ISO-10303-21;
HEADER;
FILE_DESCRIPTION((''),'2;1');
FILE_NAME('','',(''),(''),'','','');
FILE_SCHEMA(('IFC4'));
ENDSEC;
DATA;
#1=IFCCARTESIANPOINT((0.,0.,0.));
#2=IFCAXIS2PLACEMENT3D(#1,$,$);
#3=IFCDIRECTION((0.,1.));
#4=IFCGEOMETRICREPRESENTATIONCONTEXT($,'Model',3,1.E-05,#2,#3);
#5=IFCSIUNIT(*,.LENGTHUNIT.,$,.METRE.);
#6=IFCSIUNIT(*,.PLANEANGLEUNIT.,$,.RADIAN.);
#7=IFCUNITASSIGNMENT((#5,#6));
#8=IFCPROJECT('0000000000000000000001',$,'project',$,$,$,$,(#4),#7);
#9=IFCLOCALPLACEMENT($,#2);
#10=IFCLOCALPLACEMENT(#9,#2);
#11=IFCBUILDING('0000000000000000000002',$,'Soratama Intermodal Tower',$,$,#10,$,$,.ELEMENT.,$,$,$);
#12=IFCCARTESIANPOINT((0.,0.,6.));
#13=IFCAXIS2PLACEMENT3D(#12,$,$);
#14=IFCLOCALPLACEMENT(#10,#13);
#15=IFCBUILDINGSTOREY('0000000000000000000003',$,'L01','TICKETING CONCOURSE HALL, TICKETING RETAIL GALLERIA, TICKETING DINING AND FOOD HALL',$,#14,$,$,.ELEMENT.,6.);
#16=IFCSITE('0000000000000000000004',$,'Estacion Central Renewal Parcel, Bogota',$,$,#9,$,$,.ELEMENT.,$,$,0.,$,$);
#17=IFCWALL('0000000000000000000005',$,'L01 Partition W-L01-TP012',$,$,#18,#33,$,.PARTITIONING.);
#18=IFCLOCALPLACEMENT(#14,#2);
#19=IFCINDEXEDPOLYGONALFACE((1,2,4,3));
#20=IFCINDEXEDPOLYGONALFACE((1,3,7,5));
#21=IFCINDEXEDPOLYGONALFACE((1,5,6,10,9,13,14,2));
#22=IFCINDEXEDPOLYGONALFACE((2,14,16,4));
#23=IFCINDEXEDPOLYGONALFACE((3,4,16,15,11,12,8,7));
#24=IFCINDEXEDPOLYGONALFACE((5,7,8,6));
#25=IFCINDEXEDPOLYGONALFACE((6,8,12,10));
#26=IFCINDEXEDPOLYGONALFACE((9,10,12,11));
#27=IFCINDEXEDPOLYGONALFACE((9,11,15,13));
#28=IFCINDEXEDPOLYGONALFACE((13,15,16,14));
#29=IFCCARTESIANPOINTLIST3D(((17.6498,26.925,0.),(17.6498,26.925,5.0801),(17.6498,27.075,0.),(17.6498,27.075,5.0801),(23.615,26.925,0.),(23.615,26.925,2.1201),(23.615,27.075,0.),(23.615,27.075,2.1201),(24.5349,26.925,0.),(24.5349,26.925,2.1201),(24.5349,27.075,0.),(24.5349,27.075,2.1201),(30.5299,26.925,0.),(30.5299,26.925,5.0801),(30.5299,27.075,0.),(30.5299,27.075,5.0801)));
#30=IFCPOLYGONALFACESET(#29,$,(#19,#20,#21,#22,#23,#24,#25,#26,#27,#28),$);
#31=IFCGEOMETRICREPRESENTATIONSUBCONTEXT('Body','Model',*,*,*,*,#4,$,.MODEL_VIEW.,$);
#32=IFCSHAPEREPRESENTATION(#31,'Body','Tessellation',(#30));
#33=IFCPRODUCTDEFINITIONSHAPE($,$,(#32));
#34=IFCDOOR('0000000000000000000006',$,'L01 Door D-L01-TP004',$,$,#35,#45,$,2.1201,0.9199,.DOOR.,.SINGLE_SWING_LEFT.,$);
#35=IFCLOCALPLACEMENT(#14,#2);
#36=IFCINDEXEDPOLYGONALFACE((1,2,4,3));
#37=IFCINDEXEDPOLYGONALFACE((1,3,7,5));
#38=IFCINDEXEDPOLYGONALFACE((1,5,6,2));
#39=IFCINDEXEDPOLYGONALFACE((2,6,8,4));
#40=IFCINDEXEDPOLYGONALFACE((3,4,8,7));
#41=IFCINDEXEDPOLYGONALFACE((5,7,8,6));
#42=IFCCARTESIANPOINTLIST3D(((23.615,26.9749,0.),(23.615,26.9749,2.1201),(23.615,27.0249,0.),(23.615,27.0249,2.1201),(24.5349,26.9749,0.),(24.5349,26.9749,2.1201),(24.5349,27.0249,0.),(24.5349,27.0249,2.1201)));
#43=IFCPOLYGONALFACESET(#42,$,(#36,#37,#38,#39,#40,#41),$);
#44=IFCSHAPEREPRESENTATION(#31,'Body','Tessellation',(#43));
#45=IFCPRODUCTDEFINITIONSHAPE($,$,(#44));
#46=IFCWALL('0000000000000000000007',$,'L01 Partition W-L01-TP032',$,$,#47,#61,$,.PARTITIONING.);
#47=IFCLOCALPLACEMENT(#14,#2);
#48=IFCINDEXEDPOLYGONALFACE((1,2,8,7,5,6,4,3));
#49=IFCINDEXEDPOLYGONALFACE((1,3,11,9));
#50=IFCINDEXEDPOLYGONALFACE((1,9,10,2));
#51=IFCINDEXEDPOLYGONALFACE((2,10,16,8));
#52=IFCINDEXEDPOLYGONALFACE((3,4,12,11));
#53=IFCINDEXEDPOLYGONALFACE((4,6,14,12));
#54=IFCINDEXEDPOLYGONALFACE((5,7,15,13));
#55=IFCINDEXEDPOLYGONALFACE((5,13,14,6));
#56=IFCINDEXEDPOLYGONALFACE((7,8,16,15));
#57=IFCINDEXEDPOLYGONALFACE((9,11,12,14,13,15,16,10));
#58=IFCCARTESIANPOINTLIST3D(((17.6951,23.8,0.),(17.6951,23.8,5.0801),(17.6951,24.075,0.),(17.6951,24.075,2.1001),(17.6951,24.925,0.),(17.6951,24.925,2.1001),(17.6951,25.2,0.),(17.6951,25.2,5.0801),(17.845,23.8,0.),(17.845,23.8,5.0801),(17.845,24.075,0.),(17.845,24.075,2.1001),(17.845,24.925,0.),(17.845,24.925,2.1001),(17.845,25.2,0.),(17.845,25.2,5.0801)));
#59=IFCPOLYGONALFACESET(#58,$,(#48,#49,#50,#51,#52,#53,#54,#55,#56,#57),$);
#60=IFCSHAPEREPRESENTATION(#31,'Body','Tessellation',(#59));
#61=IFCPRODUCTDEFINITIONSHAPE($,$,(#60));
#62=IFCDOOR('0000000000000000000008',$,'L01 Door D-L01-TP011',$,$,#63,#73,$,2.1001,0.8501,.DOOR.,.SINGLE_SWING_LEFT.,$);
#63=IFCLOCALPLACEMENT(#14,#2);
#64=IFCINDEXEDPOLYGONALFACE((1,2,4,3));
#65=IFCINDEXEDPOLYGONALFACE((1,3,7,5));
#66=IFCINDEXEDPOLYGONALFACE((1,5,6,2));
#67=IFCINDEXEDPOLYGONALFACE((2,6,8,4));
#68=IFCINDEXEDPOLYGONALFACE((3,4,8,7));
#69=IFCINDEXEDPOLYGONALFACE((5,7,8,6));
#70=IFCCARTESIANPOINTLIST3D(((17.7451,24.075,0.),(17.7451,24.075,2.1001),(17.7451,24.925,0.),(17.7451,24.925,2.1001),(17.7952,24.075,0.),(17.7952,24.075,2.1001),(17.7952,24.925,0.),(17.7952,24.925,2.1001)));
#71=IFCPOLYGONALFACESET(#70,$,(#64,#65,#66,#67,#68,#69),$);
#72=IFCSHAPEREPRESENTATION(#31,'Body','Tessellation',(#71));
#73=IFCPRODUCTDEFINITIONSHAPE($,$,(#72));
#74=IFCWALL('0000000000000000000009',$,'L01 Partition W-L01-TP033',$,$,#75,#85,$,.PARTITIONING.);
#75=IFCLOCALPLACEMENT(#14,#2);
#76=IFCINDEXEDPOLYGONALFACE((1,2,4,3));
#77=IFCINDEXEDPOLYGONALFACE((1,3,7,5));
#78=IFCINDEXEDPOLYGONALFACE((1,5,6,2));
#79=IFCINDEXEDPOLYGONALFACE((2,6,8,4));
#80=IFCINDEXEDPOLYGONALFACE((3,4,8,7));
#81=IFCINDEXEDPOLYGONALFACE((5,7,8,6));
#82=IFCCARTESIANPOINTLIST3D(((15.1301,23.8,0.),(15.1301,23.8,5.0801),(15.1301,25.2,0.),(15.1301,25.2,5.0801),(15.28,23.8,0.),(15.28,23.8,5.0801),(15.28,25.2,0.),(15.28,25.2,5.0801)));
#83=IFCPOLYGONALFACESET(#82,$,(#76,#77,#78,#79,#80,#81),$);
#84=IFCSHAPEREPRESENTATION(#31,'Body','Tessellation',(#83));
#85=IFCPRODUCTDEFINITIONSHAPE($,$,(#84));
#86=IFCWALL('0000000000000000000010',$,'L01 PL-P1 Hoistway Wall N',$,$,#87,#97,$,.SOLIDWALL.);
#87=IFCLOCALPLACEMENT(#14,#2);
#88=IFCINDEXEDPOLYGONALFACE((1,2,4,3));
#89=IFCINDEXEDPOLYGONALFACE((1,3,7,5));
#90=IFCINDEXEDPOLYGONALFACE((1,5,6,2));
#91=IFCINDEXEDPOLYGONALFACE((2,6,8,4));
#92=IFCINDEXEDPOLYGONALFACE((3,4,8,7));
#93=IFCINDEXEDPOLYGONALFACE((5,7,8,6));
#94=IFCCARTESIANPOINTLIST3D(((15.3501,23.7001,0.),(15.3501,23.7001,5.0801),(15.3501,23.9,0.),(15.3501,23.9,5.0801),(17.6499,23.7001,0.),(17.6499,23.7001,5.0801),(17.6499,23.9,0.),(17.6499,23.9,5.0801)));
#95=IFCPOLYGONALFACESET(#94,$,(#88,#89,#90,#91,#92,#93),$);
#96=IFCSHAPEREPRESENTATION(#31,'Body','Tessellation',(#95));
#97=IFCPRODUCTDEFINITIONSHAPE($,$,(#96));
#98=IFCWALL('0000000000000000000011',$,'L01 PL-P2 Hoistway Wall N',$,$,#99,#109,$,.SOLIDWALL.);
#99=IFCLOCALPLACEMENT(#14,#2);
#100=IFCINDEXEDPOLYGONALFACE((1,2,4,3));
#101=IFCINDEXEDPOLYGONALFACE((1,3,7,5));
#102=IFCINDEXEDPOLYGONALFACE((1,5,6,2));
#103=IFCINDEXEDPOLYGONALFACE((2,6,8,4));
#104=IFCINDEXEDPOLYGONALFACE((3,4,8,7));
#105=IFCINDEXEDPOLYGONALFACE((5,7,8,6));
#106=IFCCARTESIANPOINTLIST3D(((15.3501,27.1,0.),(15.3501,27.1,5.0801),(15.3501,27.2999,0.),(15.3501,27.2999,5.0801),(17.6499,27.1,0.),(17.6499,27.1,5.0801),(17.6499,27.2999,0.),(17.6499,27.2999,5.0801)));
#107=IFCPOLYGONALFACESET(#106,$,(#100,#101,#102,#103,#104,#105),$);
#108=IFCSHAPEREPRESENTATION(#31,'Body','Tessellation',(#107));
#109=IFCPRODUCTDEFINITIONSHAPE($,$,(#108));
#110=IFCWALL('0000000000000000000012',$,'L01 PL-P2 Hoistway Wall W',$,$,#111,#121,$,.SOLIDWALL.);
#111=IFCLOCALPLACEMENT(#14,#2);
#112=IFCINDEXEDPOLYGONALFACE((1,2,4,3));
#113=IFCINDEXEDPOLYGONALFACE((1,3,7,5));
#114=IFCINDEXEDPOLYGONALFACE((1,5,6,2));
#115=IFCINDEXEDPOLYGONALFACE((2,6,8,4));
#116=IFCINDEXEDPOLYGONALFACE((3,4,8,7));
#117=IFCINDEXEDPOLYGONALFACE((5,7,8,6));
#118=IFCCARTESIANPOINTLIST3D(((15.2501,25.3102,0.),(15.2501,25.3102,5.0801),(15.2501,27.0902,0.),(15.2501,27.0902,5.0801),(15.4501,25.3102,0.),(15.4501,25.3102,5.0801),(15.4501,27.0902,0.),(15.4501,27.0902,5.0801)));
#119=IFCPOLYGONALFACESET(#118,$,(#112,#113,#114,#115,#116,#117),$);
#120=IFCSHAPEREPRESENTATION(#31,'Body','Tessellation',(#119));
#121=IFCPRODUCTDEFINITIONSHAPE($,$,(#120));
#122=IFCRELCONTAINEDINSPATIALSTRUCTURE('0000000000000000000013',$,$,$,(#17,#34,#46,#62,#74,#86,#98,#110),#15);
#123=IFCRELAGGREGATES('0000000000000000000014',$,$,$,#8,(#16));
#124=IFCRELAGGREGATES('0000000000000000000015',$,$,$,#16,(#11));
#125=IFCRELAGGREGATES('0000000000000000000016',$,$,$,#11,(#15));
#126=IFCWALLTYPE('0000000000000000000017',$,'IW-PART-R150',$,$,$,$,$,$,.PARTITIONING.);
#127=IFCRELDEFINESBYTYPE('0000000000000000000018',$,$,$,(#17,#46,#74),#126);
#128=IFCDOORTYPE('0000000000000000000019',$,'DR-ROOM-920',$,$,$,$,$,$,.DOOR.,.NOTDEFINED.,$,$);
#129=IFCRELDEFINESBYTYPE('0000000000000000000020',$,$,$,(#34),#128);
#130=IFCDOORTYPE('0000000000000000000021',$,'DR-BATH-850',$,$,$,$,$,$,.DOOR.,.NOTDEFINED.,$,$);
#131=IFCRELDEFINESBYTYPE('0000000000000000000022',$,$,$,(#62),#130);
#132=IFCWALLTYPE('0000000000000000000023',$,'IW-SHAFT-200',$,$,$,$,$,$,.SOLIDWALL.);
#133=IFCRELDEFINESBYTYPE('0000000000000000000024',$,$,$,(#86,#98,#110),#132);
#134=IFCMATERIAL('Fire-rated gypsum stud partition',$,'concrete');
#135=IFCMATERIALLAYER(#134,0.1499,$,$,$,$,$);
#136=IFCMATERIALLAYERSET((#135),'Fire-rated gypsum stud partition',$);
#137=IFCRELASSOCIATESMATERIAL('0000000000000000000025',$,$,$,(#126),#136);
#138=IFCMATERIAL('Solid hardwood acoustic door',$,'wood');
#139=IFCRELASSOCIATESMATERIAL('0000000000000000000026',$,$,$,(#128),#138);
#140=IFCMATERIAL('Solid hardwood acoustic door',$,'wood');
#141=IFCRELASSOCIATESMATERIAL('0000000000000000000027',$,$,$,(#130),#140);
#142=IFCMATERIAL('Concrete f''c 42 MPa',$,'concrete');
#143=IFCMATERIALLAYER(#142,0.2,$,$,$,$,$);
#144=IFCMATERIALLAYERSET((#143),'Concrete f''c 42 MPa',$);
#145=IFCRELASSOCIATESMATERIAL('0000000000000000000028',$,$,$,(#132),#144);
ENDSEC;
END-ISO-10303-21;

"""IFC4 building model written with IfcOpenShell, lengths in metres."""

from ifc_helpers import new_model, si_unit, direction, frame, frame_2d, origin, place, context, subcontext, project, spatial, rectangle, extrude, material, layer, layer_set, type_object, element, fill, save


model = new_model("IFC4")

# Units and contexts
model_context = context("Model", 3, precision=1e-05, world=origin(), true_north=direction((0.0, 1.0)))
body_context = subcontext(model_context, "Body", "Model", "MODEL_VIEW")
ifc_project = project(units=[si_unit("LENGTHUNIT", "METRE"), si_unit("PLANEANGLEUNIT", "RADIAN")], contexts=[model_context])

# Site, building, storey
site_placement = place(None, origin())
site = spatial("IfcSite", under=ifc_project, at=site_placement, Name="Estacion Central Renewal Parcel, Bogota", CompositionType="ELEMENT", RefElevation=0.0)
building_placement = place(site_placement, origin())
building = spatial("IfcBuilding", under=site, at=building_placement, Name="Soratama Intermodal Tower", CompositionType="ELEMENT")
storey_placement = place(building_placement, frame((0.0, 0.0, 6.0)))
storey = spatial("IfcBuildingStorey", under=building, at=storey_placement, Name="L01", Description="TICKETING CONCOURSE HALL, TICKETING RETAIL GALLERIA, TICKETING DINING AND FOOD HALL", CompositionType="ELEMENT", Elevation=6.0)

# Walls, openings, doors
ifc_material_1 = material(Name="Fire-rated gypsum stud partition", Category="concrete")
ifc_layer_1 = layer(ifc_material_1, 0.1499)
ifc_layer_set_1 = layer_set([ifc_layer_1], Name="Fire-rated gypsum stud partition")
wall_type_1 = type_object("IfcWallType", Name="IW-PART-R150", PredefinedType="PARTITIONING", material=ifc_layer_set_1)
wall_1_placement = place(storey_placement, frame((17.6499, 27.0, 0.0), z_axis=(0.0, 0.0, 1.0), x_axis=(1.0, 0.0, 0.0)))
wall_1 = element("IfcWall", 1, at=wall_1_placement, inside=storey, type_object=wall_type_1, Name="L01 Partition W-L01-TP012", PredefinedType="PARTITIONING", context=body_context, shape_type="SweptSolid", body=[
    extrude(rectangle(XDim=12.8801, YDim=0.1499, at=frame_2d((6.4399, 0.0))), origin(), (0.0, 0.0, 1.0), 5.0801),
])
opening_1_placement = place(wall_1_placement, frame((5.9651, 0.0, 0.0)))
opening_1 = element("IfcOpeningElement", 2, at=opening_1_placement, cuts=wall_1, PredefinedType="OPENING", context=body_context, shape_type="SweptSolid", body=[
    extrude(rectangle(XDim=0.9199, YDim=2.1201, at=frame_2d((0.46, 1.0601))), frame((0.0, 0.085, 0.0), z_axis=(0.0, -1.0, 0.0), x_axis=(1.0, 0.0, 0.0)), (0.0, 0.0, 1.0), 0.1699),
])
ifc_material_2 = material(Name="Solid hardwood acoustic door", Category="wood")
door_type_1 = type_object("IfcDoorType", Name="DR-ROOM-920", OperationType="NOTDEFINED", PredefinedType="DOOR", material=ifc_material_2)
door_1_placement = place(opening_1_placement, origin())
door_1 = element("IfcDoor", 3, at=door_1_placement, inside=storey, type_object=door_type_1, Name="L01 Door D-L01-TP004", OperationType="SINGLE_SWING_LEFT", OverallHeight=2.1201, OverallWidth=0.9199, PredefinedType="DOOR", context=body_context, shape_type="SweptSolid", body=[
    extrude(rectangle(XDim=0.9199, YDim=2.1201, at=frame_2d((0.46, 1.0601))), frame((0.0, 0.0249, 0.0), z_axis=(0.0, -1.0, 0.0), x_axis=(1.0, 0.0, 0.0)), (0.0, 0.0, 1.0), 0.05),
])
fill(opening_1, door_1)
wall_2_placement = place(storey_placement, frame((17.77, 23.8, 0.0), z_axis=(0.0, 0.0, 1.0), x_axis=(0.0, 1.0, 0.0)))
wall_2 = element("IfcWall", 4, at=wall_2_placement, inside=storey, type_object=wall_type_1, Name="L01 Partition W-L01-TP032", PredefinedType="PARTITIONING", context=body_context, shape_type="SweptSolid", body=[
    extrude(rectangle(XDim=1.3999, YDim=0.1499, at=frame_2d((0.7, 0.0))), origin(), (0.0, 0.0, 1.0), 5.0801),
])
opening_2_placement = place(wall_2_placement, frame((0.2749, 0.0, 0.0)))
opening_2 = element("IfcOpeningElement", 5, at=opening_2_placement, cuts=wall_2, PredefinedType="OPENING", context=body_context, shape_type="SweptSolid", body=[
    extrude(rectangle(XDim=0.8501, YDim=2.1001, at=frame_2d((0.425, 1.05))), frame((0.0, 0.085, 0.0), z_axis=(0.0, -1.0, 0.0), x_axis=(1.0, 0.0, 0.0)), (0.0, 0.0, 1.0), 0.1699),
])
ifc_material_3 = material(Name="Solid hardwood acoustic door", Category="wood")
door_type_2 = type_object("IfcDoorType", Name="DR-BATH-850", OperationType="NOTDEFINED", PredefinedType="DOOR", material=ifc_material_3)
door_2_placement = place(opening_2_placement, origin())
door_2 = element("IfcDoor", 6, at=door_2_placement, inside=storey, type_object=door_type_2, Name="L01 Door D-L01-TP011", OperationType="SINGLE_SWING_LEFT", OverallHeight=2.1001, OverallWidth=0.8501, PredefinedType="DOOR", context=body_context, shape_type="SweptSolid", body=[
    extrude(rectangle(XDim=0.8501, YDim=2.1001, at=frame_2d((0.425, 1.05))), frame((0.0, 0.0249, 0.0), z_axis=(0.0, -1.0, 0.0), x_axis=(1.0, 0.0, 0.0)), (0.0, 0.0, 1.0), 0.05),
])
fill(opening_2, door_2)

# Walls
wall_3_placement = place(storey_placement, frame((15.2051, 23.8, 0.0), z_axis=(0.0, 0.0, 1.0), x_axis=(0.0, 1.0, 0.0)))
element("IfcWall", 7, at=wall_3_placement, inside=storey, type_object=wall_type_1, Name="L01 Partition W-L01-TP033", PredefinedType="PARTITIONING", context=body_context, shape_type="SweptSolid", body=[
    extrude(rectangle(XDim=1.3999, YDim=0.1499, at=frame_2d((0.7, 0.0))), origin(), (0.0, 0.0, 1.0), 5.0801),
])
ifc_material_4 = material(Name="Concrete f'c 42 MPa", Category="concrete")
ifc_layer_2 = layer(ifc_material_4, 0.2)
ifc_layer_set_2 = layer_set([ifc_layer_2], Name="Concrete f'c 42 MPa")
wall_type_2 = type_object("IfcWallType", Name="IW-SHAFT-200", PredefinedType="SOLIDWALL", material=ifc_layer_set_2)
for number, where, z_axis, x_axis, name in (
    (8, (15.3501, 23.8, 0.0), (0.0, 0.0, 1.0), (1.0, 0.0, 0.0), "L01 PL-P1 Hoistway Wall N"),
    (9, (15.3501, 27.2, 0.0), (0.0, 0.0, 1.0), (1.0, 0.0, 0.0), "L01 PL-P2 Hoistway Wall N"),
):
    element("IfcWall", number, at=place(storey_placement, frame(where, z_axis=z_axis, x_axis=x_axis)), inside=storey, type_object=wall_type_2, Name=name, PredefinedType="SOLIDWALL", context=body_context, shape_type="SweptSolid", body=[
        extrude(rectangle(XDim=2.2998, YDim=0.2, at=frame_2d((1.1499, 0.0))), origin(), (0.0, 0.0, 1.0), 5.0801),
    ])
wall_4_placement = place(storey_placement, frame((15.3501, 25.3101, 0.0), z_axis=(0.0, 0.0, 1.0), x_axis=(0.0, 1.0, 0.0)))
element("IfcWall", 10, at=wall_4_placement, inside=storey, type_object=wall_type_2, Name="L01 PL-P2 Hoistway Wall W", PredefinedType="SOLIDWALL", context=body_context, shape_type="SweptSolid", body=[
    extrude(rectangle(XDim=1.78, YDim=0.2, at=frame_2d((0.8901, 0.0))), origin(), (0.0, 0.0, 1.0), 5.0801),
])

save(model, "model.ifc")
